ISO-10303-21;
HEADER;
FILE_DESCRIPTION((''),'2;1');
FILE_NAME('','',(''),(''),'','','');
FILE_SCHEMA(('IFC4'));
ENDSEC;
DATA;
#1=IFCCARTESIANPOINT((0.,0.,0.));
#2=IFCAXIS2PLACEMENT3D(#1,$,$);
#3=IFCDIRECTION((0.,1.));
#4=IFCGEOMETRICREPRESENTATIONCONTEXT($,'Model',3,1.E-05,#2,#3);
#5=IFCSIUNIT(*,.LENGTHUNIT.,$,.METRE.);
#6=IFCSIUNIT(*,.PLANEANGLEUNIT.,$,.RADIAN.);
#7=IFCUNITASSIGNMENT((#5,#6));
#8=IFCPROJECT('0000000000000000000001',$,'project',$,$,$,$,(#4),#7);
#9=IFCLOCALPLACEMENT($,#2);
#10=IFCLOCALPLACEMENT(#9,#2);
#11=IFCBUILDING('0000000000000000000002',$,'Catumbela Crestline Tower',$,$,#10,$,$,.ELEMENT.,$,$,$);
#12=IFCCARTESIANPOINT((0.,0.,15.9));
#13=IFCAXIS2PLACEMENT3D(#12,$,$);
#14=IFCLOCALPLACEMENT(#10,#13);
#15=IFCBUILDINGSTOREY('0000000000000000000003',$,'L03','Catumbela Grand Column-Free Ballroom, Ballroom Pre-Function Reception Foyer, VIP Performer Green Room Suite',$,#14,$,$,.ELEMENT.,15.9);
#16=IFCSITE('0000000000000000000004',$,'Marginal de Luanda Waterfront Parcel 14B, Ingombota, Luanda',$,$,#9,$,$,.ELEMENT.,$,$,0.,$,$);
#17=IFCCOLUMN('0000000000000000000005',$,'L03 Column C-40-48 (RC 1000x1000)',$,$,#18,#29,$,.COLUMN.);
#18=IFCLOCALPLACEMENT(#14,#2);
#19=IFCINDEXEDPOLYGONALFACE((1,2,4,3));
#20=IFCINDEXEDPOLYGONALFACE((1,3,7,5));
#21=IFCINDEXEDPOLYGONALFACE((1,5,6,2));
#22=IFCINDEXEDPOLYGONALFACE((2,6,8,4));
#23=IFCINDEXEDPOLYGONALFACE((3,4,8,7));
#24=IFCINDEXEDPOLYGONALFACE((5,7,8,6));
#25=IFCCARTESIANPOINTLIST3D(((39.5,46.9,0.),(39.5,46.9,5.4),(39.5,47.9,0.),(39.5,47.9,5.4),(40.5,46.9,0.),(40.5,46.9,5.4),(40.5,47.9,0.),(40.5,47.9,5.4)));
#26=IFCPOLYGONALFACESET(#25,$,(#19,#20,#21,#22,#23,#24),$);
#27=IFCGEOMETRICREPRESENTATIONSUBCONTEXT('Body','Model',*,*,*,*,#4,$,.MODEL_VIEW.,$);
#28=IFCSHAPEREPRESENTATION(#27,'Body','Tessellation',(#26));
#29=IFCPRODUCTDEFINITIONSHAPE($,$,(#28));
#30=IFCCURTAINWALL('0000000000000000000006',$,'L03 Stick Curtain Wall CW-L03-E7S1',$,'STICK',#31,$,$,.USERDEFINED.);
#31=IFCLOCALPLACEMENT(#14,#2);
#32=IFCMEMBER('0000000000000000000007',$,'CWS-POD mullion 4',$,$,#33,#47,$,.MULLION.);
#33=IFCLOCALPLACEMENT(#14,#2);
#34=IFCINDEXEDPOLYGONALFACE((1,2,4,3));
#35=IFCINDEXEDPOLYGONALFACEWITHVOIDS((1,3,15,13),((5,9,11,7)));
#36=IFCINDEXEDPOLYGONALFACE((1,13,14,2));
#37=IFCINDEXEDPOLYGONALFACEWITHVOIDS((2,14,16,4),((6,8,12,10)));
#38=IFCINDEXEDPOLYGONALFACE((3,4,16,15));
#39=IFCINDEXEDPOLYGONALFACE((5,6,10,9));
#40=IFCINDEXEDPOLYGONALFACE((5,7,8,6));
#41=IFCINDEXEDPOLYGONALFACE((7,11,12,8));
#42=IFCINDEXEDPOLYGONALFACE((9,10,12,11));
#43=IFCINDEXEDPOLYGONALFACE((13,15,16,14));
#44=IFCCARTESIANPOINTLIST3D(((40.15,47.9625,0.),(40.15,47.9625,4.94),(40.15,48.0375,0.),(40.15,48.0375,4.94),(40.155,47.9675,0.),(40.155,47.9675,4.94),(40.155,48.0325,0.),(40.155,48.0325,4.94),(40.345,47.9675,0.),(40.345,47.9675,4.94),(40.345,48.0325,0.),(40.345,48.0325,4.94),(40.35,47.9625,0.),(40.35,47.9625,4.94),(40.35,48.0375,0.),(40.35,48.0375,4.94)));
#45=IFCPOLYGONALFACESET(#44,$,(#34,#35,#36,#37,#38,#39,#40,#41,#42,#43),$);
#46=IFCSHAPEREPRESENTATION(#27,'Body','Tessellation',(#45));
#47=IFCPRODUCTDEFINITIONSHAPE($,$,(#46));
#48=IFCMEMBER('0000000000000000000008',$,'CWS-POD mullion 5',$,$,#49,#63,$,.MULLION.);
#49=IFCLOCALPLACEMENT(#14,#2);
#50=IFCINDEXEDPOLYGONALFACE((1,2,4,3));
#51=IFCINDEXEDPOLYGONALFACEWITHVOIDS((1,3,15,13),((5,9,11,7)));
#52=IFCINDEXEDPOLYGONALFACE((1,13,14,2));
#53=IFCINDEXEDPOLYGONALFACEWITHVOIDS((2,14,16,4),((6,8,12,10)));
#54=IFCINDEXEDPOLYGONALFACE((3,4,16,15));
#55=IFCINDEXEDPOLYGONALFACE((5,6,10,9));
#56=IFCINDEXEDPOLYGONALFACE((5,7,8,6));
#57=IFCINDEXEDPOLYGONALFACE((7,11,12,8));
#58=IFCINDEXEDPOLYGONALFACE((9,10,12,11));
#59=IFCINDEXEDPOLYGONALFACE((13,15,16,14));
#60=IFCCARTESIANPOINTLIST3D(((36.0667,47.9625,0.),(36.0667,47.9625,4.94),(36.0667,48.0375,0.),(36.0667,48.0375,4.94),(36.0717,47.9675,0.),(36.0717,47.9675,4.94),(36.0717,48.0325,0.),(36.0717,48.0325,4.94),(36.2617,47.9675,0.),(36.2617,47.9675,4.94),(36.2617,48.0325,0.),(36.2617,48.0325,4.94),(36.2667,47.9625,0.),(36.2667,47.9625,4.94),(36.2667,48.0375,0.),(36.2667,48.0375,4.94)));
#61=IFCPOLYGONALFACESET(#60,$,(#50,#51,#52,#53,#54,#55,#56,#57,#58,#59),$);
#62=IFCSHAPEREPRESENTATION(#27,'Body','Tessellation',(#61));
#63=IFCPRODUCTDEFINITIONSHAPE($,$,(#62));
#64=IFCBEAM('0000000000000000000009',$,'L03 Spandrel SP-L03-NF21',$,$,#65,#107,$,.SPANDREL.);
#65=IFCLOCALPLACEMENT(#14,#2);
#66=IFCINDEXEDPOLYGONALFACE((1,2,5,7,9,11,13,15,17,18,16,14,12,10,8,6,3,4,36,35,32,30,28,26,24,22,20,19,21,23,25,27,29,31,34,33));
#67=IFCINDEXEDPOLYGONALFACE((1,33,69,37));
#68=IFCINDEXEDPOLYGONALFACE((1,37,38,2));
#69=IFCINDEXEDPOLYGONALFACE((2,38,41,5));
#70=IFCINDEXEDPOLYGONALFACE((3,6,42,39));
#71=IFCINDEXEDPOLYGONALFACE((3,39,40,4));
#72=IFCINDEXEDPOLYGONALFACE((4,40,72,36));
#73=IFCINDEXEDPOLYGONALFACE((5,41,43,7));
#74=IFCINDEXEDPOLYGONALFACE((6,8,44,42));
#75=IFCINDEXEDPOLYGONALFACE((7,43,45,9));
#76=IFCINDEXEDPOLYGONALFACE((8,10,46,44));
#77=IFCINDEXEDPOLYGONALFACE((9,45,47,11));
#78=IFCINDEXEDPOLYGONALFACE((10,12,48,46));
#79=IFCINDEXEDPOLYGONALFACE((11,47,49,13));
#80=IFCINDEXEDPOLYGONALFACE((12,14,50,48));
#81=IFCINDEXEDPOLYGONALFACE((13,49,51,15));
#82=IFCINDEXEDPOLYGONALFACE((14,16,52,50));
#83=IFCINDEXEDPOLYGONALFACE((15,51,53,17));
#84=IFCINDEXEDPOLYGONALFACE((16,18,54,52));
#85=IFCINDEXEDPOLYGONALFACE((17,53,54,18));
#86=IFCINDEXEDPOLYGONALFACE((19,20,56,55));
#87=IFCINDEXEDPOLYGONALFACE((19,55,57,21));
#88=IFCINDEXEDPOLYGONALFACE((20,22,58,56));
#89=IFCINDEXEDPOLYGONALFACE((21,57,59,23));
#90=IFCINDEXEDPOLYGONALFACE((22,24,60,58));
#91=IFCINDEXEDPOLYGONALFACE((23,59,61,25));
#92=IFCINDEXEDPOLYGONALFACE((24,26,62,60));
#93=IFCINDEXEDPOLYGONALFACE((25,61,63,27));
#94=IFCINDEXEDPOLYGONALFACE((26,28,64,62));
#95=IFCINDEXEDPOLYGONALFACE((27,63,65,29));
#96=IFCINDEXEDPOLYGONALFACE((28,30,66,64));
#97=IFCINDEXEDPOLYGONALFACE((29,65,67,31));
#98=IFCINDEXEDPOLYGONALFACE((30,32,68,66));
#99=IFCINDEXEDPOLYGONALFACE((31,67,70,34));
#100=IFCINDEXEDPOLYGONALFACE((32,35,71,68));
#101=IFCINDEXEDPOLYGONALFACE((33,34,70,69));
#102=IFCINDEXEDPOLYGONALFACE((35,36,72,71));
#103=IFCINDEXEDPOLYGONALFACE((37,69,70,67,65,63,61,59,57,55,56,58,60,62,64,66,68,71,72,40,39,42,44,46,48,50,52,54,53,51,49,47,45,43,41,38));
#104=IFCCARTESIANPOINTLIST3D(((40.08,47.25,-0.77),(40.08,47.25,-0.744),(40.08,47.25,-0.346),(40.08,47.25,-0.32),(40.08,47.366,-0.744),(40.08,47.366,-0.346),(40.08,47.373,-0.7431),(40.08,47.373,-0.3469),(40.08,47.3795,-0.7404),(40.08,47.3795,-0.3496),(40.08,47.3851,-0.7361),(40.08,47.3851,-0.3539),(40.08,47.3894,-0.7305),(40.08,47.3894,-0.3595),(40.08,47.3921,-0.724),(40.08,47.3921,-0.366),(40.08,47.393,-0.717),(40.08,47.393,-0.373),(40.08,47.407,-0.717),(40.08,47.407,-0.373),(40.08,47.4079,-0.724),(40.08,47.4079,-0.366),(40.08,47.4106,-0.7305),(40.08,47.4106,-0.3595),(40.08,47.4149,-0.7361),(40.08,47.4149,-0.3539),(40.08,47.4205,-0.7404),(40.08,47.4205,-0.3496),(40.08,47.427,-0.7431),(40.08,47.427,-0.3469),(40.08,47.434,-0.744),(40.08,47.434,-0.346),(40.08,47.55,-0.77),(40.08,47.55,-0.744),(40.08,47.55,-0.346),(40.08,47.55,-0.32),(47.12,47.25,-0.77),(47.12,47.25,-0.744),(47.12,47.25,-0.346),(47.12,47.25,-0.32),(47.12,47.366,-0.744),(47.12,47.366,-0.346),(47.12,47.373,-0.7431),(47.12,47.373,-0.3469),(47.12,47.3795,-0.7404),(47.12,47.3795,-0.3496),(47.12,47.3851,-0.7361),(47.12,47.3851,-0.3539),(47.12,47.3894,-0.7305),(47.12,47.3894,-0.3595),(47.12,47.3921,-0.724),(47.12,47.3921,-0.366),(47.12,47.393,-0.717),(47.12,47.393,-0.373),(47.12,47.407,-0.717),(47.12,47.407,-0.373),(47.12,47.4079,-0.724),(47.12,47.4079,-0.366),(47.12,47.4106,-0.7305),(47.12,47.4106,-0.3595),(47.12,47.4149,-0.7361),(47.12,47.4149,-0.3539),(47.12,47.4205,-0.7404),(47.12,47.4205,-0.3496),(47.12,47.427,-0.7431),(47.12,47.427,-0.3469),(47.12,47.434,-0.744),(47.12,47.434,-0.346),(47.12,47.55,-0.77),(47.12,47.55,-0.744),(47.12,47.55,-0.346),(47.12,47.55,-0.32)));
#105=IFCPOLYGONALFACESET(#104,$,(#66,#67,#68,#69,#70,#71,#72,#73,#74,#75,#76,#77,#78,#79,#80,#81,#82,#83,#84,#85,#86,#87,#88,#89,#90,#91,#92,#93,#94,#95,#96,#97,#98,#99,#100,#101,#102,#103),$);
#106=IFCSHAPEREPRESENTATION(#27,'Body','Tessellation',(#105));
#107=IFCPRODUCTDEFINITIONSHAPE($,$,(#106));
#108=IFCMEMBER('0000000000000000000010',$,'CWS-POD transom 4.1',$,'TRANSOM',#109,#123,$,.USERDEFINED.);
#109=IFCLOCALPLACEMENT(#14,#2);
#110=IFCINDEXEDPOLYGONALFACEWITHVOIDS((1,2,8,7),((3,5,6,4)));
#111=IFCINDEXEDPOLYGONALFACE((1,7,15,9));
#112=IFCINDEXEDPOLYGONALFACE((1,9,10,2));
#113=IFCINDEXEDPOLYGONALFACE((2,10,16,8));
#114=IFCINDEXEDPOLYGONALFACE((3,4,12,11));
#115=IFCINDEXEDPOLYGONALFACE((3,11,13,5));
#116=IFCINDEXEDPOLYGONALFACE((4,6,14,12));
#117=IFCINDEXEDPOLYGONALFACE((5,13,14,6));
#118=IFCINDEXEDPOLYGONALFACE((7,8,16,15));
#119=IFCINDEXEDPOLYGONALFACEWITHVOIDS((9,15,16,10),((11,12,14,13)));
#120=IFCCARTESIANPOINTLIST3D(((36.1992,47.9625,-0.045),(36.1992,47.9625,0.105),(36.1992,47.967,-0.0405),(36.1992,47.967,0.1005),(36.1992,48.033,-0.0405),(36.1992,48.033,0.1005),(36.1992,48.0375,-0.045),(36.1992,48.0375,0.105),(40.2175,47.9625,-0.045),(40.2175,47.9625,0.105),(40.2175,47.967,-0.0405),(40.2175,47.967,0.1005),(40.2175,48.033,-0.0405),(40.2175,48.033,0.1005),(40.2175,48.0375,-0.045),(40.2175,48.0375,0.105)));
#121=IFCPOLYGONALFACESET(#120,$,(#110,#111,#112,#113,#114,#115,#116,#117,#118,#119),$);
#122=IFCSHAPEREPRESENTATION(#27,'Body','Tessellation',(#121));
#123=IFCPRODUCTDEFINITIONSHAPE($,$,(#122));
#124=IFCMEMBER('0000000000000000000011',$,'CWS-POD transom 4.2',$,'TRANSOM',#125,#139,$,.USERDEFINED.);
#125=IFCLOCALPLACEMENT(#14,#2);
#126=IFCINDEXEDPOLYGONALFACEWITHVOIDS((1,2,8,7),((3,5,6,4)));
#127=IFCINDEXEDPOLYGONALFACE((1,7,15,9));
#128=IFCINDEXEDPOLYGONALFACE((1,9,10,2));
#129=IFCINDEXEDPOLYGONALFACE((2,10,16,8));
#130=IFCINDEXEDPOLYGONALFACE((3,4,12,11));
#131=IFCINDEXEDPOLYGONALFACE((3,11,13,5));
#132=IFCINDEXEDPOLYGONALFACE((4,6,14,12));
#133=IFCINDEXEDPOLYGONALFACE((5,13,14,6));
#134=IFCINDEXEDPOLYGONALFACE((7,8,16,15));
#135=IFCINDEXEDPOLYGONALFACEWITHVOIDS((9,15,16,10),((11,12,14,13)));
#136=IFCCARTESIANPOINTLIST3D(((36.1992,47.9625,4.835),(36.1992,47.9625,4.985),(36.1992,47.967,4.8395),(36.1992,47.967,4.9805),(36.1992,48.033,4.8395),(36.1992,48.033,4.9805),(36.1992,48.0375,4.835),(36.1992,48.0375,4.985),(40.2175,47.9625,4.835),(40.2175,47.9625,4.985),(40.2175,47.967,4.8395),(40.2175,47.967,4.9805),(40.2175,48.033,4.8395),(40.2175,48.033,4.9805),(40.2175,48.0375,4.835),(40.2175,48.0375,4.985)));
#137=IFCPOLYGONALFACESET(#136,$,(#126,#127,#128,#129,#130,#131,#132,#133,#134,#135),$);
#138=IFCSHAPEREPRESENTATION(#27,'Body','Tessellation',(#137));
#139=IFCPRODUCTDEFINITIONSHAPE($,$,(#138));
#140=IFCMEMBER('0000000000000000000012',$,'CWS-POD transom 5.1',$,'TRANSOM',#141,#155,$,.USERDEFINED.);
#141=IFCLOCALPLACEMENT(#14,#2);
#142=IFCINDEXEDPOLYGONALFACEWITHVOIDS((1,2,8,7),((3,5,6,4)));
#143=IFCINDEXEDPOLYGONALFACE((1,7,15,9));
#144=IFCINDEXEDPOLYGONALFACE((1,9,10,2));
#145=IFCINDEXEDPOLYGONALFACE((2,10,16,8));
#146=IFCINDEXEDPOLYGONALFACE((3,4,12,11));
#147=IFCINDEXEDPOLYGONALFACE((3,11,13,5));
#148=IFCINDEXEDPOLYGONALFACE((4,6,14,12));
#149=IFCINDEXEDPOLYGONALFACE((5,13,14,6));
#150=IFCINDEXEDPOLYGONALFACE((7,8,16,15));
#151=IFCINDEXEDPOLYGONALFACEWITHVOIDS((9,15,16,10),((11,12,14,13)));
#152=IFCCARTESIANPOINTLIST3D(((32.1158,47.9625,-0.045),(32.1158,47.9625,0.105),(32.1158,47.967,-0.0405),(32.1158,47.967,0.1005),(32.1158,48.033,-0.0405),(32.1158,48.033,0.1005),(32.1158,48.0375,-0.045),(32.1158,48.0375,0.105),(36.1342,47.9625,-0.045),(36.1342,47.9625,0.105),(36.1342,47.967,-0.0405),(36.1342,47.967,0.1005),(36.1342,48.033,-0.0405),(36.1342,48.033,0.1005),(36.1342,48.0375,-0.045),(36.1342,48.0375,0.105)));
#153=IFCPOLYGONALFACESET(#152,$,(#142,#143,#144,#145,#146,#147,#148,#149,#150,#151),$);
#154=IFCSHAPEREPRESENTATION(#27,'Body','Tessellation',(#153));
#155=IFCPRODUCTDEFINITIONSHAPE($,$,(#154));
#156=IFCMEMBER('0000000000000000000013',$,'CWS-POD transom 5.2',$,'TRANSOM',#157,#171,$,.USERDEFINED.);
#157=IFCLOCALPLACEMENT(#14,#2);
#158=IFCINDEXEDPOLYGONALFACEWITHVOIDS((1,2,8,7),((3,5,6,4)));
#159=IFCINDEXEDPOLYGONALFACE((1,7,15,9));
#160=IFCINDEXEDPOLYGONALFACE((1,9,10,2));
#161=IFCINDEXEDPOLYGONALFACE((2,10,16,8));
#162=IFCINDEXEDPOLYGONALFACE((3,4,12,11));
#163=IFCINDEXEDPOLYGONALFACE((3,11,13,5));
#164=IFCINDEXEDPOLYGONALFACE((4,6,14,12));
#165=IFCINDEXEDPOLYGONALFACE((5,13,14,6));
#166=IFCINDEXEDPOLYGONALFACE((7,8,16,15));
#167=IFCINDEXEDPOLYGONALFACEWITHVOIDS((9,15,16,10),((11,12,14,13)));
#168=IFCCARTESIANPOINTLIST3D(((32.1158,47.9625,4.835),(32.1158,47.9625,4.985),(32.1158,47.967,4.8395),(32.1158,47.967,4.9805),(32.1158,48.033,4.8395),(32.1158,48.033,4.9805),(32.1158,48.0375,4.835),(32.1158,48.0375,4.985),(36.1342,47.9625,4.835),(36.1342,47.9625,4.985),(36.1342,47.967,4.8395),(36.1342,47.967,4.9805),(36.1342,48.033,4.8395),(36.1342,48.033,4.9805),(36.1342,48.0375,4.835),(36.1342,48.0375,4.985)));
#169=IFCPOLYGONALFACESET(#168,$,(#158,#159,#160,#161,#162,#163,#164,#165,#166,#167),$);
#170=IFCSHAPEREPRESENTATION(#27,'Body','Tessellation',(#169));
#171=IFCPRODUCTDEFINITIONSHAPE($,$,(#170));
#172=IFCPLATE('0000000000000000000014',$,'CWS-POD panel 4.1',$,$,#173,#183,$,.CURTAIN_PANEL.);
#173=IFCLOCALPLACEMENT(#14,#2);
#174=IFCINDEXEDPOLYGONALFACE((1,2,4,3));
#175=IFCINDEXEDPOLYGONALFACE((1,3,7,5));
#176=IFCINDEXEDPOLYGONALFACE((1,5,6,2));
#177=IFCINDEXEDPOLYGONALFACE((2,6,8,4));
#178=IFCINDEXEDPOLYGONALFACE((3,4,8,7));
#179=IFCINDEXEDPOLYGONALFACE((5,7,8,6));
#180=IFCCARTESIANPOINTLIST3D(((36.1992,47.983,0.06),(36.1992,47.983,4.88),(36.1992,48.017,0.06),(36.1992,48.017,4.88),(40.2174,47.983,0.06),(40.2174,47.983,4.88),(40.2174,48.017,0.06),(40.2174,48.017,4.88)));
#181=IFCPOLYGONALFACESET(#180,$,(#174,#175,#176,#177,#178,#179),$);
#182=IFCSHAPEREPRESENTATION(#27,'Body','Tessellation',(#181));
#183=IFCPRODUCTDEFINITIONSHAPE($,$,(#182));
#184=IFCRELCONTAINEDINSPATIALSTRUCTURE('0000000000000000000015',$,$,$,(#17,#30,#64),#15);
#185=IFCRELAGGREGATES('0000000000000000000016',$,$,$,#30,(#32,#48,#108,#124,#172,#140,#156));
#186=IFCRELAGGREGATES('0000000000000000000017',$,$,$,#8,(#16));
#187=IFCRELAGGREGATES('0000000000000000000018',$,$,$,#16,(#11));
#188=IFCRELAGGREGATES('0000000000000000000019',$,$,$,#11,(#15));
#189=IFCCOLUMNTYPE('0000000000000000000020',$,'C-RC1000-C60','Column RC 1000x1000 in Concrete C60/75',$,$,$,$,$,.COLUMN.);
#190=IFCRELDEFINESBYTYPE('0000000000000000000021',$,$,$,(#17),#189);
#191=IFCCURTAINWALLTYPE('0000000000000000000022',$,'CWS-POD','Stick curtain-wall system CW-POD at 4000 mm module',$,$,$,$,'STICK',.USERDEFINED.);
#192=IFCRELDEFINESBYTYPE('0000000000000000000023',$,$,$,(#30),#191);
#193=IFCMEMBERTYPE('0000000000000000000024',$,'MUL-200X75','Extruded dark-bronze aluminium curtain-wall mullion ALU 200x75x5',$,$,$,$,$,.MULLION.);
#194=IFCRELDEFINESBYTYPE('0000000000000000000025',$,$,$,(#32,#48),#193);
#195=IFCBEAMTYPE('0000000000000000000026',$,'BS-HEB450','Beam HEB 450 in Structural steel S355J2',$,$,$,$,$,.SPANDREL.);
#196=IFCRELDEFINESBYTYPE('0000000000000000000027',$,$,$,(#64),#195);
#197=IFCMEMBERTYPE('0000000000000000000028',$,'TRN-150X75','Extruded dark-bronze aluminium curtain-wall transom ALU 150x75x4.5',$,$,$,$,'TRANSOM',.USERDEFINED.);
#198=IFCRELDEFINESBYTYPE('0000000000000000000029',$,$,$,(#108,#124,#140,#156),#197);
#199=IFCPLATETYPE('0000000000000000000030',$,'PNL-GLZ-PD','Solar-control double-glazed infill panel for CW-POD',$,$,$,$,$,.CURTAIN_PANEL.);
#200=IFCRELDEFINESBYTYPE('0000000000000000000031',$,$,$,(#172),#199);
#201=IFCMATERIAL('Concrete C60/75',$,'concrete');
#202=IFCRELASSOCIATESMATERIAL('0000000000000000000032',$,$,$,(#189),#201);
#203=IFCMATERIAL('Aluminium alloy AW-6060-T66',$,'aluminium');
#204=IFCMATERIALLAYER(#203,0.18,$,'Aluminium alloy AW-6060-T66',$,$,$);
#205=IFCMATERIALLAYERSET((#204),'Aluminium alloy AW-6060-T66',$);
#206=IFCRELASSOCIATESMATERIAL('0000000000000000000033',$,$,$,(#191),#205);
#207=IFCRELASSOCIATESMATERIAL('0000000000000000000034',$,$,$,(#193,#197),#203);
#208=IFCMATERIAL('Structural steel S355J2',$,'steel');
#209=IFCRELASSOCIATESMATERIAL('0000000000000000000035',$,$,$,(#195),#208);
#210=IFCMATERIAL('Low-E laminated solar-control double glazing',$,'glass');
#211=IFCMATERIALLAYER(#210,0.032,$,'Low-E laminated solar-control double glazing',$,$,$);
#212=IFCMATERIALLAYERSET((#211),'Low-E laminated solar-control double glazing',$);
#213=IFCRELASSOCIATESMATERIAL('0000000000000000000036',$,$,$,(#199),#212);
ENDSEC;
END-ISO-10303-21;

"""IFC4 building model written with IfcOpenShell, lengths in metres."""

from ifc_helpers import new_model, si_unit, direction, frame, origin, origin_2d, place, context, subcontext, project, spatial, rectangle, hollow_rectangle, i_section, extrude, material, layer, layer_set, material_profile, profile_set, type_object, element, aggregate, save


model = new_model("IFC4")

# Units and contexts
model_context = context("Model", 3, precision=1e-05, world=origin(), true_north=direction((0.0, 1.0)))
body_context = subcontext(model_context, "Body", "Model", "MODEL_VIEW")
ifc_project = project(units=[si_unit("LENGTHUNIT", "METRE"), si_unit("PLANEANGLEUNIT", "RADIAN")], contexts=[model_context])

# Site, building, storey
site_placement = place(None, origin())
site = spatial("IfcSite", under=ifc_project, at=site_placement, Name="Marginal de Luanda Waterfront Parcel 14B, Ingombota, Luanda", CompositionType="ELEMENT", RefElevation=0.0)
building_placement = place(site_placement, origin())
building = spatial("IfcBuilding", under=site, at=building_placement, Name="Catumbela Crestline Tower", CompositionType="ELEMENT")
storey_placement = place(building_placement, frame((0.0, 0.0, 15.9)))
storey = spatial("IfcBuildingStorey", under=building, at=storey_placement, Name="L03", Description="Catumbela Grand Column-Free Ballroom, Ballroom Pre-Function Reception Foyer, VIP Performer Green Room Suite", CompositionType="ELEMENT", Elevation=15.9)

# Column
ifc_material_1 = material(Name="Concrete C60/75", Category="concrete")
ifc_material_profile_1 = material_profile(ifc_material_1, rectangle(XDim=1.0, YDim=1.0, at=origin_2d()), Name="RC 1000x1000")
ifc_profile_set_1 = profile_set([ifc_material_profile_1], Name="Concrete C60/75")
column_type = type_object("IfcColumnType", Name="C-RC1000-C60", Description="Column RC 1000x1000 in Concrete C60/75", PredefinedType="COLUMN", material=ifc_profile_set_1)
column_placement = place(storey_placement, frame((40.0, 47.4, 0.0), z_axis=(0.0, 0.0, 1.0), x_axis=(1.0, 0.0, 0.0)))
element("IfcColumn", 1, at=column_placement, inside=storey, type_object=column_type, Name="L03 Column C-40-48 (RC 1000x1000)", PredefinedType="COLUMN", context=body_context, shape_type="SweptSolid", body=[
    extrude(rectangle(XDim=1.0, YDim=1.0, at=origin_2d()), origin(), (0.0, 0.0, 1.0), 5.4),
])

# Curtain wall, members
ifc_material_2 = material(Name="Aluminium alloy AW-6060-T66", Category="aluminium")
ifc_layer_1 = layer(ifc_material_2, 0.18, Name="Aluminium alloy AW-6060-T66")
ifc_layer_set_1 = layer_set([ifc_layer_1], Name="Aluminium alloy AW-6060-T66")
curtain_wall_type = type_object("IfcCurtainWallType", Name="CWS-POD", Description="Stick curtain-wall system CW-POD at 4000 mm module", ElementType="STICK", PredefinedType="USERDEFINED", material=ifc_layer_set_1)
curtain_wall_placement = place(storey_placement, origin())
curtain_wall = element("IfcCurtainWall", 2, at=curtain_wall_placement, inside=storey, type_object=curtain_wall_type, Name="L03 Stick Curtain Wall CW-L03-E7S1", ObjectType="STICK", PredefinedType="USERDEFINED")
ifc_material_profile_2 = material_profile(ifc_material_2, hollow_rectangle(XDim=0.075, YDim=0.2, WallThickness=0.005, at=origin_2d()), Name="ALU 200x75x5")
ifc_profile_set_2 = profile_set([ifc_material_profile_2], Name="Aluminium alloy AW-6060-T66")
member_type_1 = type_object("IfcMemberType", Name="MUL-200X75", Description="Extruded dark-bronze aluminium curtain-wall mullion ALU 200x75x5", PredefinedType="MULLION", material=ifc_profile_set_2)
member_1_placement = place(storey_placement, frame((40.25, 48.0, 0.0), z_axis=(0.0, 0.0, 1.0), x_axis=(0.0, -1.0, 0.0)))
member_1 = element("IfcMember", 3, at=member_1_placement, type_object=member_type_1, Name="CWS-POD mullion 4", PredefinedType="MULLION", context=body_context, shape_type="SweptSolid", body=[
    extrude(hollow_rectangle(XDim=0.075, YDim=0.2, WallThickness=0.005, at=origin_2d()), origin(), (0.0, 0.0, 1.0), 4.94),
])
member_2_placement = place(storey_placement, frame((36.1667, 48.0, 0.0), z_axis=(0.0, 0.0, 1.0), x_axis=(0.0, -1.0, 0.0)))
member_2 = element("IfcMember", 4, at=member_2_placement, type_object=member_type_1, Name="CWS-POD mullion 5", PredefinedType="MULLION", context=body_context, shape_type="SweptSolid", body=[
    extrude(hollow_rectangle(XDim=0.075, YDim=0.2, WallThickness=0.005, at=origin_2d()), origin(), (0.0, 0.0, 1.0), 4.94),
])

# Beam
ifc_material_3 = material(Name="Structural steel S355J2", Category="steel")
ifc_material_profile_3 = material_profile(ifc_material_3, i_section(OverallWidth=0.3, OverallDepth=0.45, WebThickness=0.014, FlangeThickness=0.026, FilletRadius=0.027, at=origin_2d()), Name="HEB 450")
ifc_profile_set_3 = profile_set([ifc_material_profile_3], Name="Structural steel S355J2")
beam_type = type_object("IfcBeamType", Name="BS-HEB450", Description="Beam HEB 450 in Structural steel S355J2", PredefinedType="SPANDREL", material=ifc_profile_set_3)
beam_placement = place(storey_placement, frame((40.08, 47.4, -0.545), z_axis=(1.0, 0.0, 0.0), x_axis=(0.0, 1.0, 0.0)))
element("IfcBeam", 5, at=beam_placement, inside=storey, type_object=beam_type, Name="L03 Spandrel SP-L03-NF21", PredefinedType="SPANDREL", context=body_context, shape_type="SweptSolid", body=[
    extrude(i_section(OverallWidth=0.3, OverallDepth=0.45, WebThickness=0.014, FlangeThickness=0.026, FilletRadius=0.027, at=origin_2d()), origin(), (0.0, 0.0, 1.0), 7.04),
])

# Members
ifc_material_profile_4 = material_profile(ifc_material_2, hollow_rectangle(XDim=0.075, YDim=0.15, WallThickness=0.0045, at=origin_2d()), Name="ALU 150x75x4.5")
ifc_profile_set_4 = profile_set([ifc_material_profile_4], Name="Aluminium alloy AW-6060-T66")
member_type_2 = type_object("IfcMemberType", Name="TRN-150X75", Description="Extruded dark-bronze aluminium curtain-wall transom ALU 150x75x4.5", ElementType="TRANSOM", PredefinedType="USERDEFINED", material=ifc_profile_set_4)
member_3_placement = place(storey_placement, frame((40.2175, 48.0, 0.03), z_axis=(-1.0, 0.0, 0.0), x_axis=(0.0, -1.0, 0.0)))
member_3 = element("IfcMember", 6, at=member_3_placement, type_object=member_type_2, Name="CWS-POD transom 4.1", ObjectType="TRANSOM", PredefinedType="USERDEFINED", context=body_context, shape_type="SweptSolid", body=[
    extrude(hollow_rectangle(XDim=0.075, YDim=0.15, WallThickness=0.0045, at=origin_2d()), origin(), (0.0, 0.0, 1.0), 4.0183),
])
member_4_placement = place(storey_placement, frame((40.2175, 48.0, 4.91), z_axis=(-1.0, 0.0, 0.0), x_axis=(0.0, -1.0, 0.0)))
member_4 = element("IfcMember", 7, at=member_4_placement, type_object=member_type_2, Name="CWS-POD transom 4.2", ObjectType="TRANSOM", PredefinedType="USERDEFINED", context=body_context, shape_type="SweptSolid", body=[
    extrude(hollow_rectangle(XDim=0.075, YDim=0.15, WallThickness=0.0045, at=origin_2d()), origin(), (0.0, 0.0, 1.0), 4.0183),
])
member_5_placement = place(storey_placement, frame((36.1342, 48.0, 0.03), z_axis=(-1.0, 0.0, 0.0), x_axis=(0.0, -1.0, 0.0)))
member_5 = element("IfcMember", 8, at=member_5_placement, type_object=member_type_2, Name="CWS-POD transom 5.1", ObjectType="TRANSOM", PredefinedType="USERDEFINED", context=body_context, shape_type="SweptSolid", body=[
    extrude(hollow_rectangle(XDim=0.075, YDim=0.15, WallThickness=0.0045, at=origin_2d()), origin(), (0.0, 0.0, 1.0), 4.0184),
])
member_6_placement = place(storey_placement, frame((36.1342, 48.0, 4.91), z_axis=(-1.0, 0.0, 0.0), x_axis=(0.0, -1.0, 0.0)))
member_6 = element("IfcMember", 9, at=member_6_placement, type_object=member_type_2, Name="CWS-POD transom 5.2", ObjectType="TRANSOM", PredefinedType="USERDEFINED", context=body_context, shape_type="SweptSolid", body=[
    extrude(hollow_rectangle(XDim=0.075, YDim=0.15, WallThickness=0.0045, at=origin_2d()), origin(), (0.0, 0.0, 1.0), 4.0184),
])

# Plate
ifc_material_4 = material(Name="Low-E laminated solar-control double glazing", Category="glass")
ifc_layer_2 = layer(ifc_material_4, 0.032, Name="Low-E laminated solar-control double glazing")
ifc_layer_set_2 = layer_set([ifc_layer_2], Name="Low-E laminated solar-control double glazing")
plate_type = type_object("IfcPlateType", Name="PNL-GLZ-PD", Description="Solar-control double-glazed infill panel for CW-POD", PredefinedType="CURTAIN_PANEL", material=ifc_layer_set_2)
plate_1_placement = place(storey_placement, frame((38.2083, 48.0, 0.06), z_axis=(0.0, 0.0, 1.0), x_axis=(-1.0, 0.0, 0.0)))
plate_1 = element("IfcPlate", 10, at=plate_1_placement, type_object=plate_type, Name="CWS-POD panel 4.1", PredefinedType="CURTAIN_PANEL", context=body_context, shape_type="SweptSolid", body=[
    extrude(rectangle(XDim=4.0183, YDim=0.034, at=origin_2d()), origin(), (0.0, 0.0, 1.0), 4.82),
])
aggregate(curtain_wall, [member_1, member_2, member_3, member_4, plate_1, member_5, member_6])

save(model, "model.ifc")
